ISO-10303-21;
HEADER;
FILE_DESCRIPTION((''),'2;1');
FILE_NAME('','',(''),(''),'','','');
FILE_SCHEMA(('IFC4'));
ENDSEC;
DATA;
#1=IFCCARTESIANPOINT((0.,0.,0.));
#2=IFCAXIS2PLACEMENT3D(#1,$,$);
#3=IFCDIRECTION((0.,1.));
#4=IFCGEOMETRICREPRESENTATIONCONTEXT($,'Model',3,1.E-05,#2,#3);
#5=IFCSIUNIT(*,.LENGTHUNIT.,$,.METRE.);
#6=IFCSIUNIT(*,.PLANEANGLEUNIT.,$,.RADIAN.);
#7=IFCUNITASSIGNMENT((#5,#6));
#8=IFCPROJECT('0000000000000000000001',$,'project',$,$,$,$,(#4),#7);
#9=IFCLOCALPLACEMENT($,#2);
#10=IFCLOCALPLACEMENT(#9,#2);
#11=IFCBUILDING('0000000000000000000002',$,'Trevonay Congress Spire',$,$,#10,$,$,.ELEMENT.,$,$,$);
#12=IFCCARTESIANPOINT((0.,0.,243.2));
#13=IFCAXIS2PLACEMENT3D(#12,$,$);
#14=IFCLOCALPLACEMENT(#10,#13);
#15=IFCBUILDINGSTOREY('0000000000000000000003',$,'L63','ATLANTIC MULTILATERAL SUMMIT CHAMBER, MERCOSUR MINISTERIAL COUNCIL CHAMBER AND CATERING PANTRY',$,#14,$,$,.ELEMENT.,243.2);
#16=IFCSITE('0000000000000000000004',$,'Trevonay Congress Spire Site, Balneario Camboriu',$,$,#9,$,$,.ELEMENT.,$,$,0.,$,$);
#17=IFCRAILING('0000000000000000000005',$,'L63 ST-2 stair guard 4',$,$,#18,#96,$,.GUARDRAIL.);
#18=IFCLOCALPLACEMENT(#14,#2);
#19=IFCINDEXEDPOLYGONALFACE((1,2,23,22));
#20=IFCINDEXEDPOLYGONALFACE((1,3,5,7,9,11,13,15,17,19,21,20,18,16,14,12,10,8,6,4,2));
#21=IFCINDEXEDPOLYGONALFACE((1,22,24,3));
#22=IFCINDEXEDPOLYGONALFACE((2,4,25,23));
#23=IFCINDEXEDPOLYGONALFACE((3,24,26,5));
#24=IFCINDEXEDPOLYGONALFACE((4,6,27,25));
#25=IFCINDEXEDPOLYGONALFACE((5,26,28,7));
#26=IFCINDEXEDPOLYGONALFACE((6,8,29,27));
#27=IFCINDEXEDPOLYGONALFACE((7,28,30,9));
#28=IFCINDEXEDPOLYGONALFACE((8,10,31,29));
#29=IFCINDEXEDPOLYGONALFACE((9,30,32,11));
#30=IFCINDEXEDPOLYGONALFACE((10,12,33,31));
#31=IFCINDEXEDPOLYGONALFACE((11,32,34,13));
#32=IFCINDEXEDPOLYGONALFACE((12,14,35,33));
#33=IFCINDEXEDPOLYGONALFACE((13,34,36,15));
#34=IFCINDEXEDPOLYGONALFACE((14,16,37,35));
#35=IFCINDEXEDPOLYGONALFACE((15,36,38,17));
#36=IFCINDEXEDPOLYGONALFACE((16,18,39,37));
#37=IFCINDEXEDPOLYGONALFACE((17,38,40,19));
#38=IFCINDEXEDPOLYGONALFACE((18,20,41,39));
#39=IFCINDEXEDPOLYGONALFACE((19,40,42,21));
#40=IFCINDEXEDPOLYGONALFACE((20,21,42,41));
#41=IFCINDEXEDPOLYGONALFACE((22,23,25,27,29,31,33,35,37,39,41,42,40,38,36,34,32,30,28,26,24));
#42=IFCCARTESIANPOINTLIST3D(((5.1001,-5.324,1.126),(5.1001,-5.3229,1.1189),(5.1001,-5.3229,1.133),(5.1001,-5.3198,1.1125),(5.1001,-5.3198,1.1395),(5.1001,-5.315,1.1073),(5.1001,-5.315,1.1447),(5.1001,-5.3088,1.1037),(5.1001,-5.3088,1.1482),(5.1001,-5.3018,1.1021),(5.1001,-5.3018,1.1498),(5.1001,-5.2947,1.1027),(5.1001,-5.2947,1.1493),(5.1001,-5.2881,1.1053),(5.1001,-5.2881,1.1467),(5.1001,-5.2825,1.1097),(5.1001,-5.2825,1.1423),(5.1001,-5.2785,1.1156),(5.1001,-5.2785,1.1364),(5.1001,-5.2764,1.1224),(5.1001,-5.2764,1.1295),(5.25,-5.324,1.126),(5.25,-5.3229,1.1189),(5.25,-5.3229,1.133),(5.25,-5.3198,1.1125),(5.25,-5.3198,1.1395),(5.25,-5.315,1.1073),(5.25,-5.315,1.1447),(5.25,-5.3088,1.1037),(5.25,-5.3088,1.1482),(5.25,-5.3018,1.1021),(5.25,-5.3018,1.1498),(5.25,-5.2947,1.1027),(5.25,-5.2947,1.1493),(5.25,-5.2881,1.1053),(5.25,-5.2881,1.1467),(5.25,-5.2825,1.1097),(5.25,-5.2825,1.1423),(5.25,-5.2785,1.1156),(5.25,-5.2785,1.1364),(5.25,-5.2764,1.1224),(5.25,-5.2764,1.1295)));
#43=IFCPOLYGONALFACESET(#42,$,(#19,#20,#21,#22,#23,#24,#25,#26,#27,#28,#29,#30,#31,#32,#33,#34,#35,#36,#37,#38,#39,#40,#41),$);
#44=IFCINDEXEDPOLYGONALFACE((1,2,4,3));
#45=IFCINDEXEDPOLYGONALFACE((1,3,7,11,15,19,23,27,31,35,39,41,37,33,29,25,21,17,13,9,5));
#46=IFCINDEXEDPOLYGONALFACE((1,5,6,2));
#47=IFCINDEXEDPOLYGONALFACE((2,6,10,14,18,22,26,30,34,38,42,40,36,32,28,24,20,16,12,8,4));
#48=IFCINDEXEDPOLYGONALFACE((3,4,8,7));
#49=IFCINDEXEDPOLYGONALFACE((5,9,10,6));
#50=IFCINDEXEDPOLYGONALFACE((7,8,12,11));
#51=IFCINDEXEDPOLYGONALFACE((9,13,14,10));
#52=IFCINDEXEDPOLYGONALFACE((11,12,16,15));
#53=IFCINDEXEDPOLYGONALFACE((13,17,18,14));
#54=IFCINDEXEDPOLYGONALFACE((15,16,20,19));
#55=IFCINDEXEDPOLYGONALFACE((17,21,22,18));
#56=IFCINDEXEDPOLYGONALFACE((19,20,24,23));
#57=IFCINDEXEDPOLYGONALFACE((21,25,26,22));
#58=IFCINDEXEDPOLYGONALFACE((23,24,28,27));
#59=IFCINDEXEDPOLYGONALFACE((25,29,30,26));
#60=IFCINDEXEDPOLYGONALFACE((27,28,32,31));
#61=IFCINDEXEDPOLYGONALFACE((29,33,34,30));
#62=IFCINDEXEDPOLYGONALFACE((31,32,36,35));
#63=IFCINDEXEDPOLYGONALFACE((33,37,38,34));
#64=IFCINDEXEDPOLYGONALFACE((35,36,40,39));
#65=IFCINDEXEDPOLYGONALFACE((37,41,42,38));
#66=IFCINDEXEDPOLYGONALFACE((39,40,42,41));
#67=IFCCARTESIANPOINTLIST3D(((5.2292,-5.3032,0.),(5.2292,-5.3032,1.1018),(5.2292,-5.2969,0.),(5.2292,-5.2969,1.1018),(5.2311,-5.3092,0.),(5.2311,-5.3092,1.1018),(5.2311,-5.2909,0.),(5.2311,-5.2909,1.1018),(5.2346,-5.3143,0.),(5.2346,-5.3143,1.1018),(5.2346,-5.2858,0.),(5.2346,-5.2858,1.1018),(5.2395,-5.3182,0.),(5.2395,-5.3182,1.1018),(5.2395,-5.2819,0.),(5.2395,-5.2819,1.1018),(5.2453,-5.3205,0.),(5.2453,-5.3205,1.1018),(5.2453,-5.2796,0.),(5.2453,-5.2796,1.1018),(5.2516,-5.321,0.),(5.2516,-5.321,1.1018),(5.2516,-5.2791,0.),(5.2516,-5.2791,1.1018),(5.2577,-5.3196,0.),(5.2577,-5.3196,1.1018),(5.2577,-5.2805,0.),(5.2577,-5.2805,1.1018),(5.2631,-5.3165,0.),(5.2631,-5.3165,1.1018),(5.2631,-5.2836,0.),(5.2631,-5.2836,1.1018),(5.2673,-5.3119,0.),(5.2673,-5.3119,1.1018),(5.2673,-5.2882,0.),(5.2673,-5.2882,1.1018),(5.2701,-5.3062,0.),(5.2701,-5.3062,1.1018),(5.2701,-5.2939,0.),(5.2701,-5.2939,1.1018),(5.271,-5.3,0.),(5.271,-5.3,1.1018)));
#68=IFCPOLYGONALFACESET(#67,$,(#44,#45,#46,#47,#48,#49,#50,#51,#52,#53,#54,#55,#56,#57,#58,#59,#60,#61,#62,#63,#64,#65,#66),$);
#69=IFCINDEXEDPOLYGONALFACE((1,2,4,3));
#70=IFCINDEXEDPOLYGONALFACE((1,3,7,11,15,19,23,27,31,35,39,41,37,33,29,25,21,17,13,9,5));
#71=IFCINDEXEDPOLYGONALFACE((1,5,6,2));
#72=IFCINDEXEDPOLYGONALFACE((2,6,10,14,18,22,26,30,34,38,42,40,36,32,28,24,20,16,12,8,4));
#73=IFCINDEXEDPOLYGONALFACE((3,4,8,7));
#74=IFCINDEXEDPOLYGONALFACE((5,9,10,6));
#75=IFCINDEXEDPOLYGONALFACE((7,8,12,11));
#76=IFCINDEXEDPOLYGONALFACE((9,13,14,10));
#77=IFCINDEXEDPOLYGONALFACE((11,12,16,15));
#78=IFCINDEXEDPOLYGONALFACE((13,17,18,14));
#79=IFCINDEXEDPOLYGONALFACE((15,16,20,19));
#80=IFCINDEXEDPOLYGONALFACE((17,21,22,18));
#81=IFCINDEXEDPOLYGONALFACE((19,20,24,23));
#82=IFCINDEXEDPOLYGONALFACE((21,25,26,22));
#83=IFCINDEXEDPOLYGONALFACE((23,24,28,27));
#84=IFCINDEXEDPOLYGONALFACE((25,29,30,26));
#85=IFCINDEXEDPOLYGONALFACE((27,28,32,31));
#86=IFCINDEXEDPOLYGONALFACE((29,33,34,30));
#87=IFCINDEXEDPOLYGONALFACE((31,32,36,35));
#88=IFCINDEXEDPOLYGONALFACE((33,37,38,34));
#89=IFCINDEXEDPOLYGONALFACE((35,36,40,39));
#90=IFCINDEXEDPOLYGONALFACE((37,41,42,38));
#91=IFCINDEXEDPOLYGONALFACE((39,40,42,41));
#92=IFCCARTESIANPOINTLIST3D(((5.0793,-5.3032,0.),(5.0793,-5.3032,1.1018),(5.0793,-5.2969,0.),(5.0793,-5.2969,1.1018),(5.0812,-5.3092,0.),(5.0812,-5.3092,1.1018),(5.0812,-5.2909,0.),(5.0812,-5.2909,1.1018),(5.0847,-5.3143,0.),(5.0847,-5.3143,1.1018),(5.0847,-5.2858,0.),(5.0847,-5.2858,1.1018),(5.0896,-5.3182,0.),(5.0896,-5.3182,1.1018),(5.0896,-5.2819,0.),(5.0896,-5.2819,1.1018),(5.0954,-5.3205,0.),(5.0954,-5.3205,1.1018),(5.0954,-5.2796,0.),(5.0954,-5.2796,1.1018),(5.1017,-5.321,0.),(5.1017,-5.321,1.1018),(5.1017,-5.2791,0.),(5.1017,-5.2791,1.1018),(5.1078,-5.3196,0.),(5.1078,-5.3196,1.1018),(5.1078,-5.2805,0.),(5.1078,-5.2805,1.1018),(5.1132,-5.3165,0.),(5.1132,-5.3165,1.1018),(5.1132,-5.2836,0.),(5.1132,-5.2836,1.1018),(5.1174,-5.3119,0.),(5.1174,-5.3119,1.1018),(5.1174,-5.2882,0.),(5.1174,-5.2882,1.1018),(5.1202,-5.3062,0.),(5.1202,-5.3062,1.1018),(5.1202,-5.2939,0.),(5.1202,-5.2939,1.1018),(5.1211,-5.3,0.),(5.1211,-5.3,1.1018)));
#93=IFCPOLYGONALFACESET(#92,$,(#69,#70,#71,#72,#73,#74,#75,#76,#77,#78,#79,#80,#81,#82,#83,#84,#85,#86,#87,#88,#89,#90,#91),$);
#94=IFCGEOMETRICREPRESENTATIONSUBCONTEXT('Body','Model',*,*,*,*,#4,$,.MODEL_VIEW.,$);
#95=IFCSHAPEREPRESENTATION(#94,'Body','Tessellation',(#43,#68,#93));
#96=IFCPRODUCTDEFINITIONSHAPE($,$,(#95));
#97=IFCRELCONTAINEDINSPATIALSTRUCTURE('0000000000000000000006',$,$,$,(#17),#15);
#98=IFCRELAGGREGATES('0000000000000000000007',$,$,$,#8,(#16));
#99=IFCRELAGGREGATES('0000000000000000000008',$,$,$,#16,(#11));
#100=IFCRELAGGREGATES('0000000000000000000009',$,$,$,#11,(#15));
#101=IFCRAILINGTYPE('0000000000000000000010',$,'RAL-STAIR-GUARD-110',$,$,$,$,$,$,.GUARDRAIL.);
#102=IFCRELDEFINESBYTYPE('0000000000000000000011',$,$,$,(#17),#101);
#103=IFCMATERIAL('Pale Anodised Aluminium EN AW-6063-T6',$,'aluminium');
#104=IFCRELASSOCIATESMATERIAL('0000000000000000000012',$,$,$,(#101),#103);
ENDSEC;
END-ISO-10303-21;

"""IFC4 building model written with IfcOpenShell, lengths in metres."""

from ifc_helpers import new_model, si_unit, direction, frame, origin, origin_2d, place, context, subcontext, project, spatial, circle, extrude, material, type_object, element, save


model = new_model("IFC4")

# Units and contexts
model_context = context("Model", 3, precision=1e-05, world=origin(), true_north=direction((0.0, 1.0)))
body_context = subcontext(model_context, "Body", "Model", "MODEL_VIEW")
ifc_project = project(units=[si_unit("LENGTHUNIT", "METRE"), si_unit("PLANEANGLEUNIT", "RADIAN")], contexts=[model_context])

# Site, building, storey
site_placement = place(None, origin())
site = spatial("IfcSite", under=ifc_project, at=site_placement, Name="Trevonay Congress Spire Site, Balneario Camboriu", CompositionType="ELEMENT", RefElevation=0.0)
building_placement = place(site_placement, origin())
building = spatial("IfcBuilding", under=site, at=building_placement, Name="Trevonay Congress Spire", CompositionType="ELEMENT")
storey_placement = place(building_placement, frame((0.0, 0.0, 243.2)))
storey = spatial("IfcBuildingStorey", under=building, at=storey_placement, Name="L63", Description="ATLANTIC MULTILATERAL SUMMIT CHAMBER, MERCOSUR MINISTERIAL COUNCIL CHAMBER AND CATERING PANTRY", CompositionType="ELEMENT", Elevation=243.2)

# Shared definitions
ifc_material_1 = material(Name="Pale Anodised Aluminium EN AW-6063-T6", Category="aluminium")

# Railing
railing_type_1 = type_object("IfcRailingType", Name="RAL-STAIR-GUARD-110", PredefinedType="GUARDRAIL", material=ifc_material_1)
railing_1_placement = place(storey_placement, frame((5.25, -5.3, 0.0)))
element("IfcRailing", 1, at=railing_1_placement, inside=storey, type_object=railing_type_1, Name="L63 ST-2 stair guard 4", PredefinedType="GUARDRAIL", context=body_context, shape_type="SweptSolid", body=[
    extrude(circle(Radius=0.0239, at=origin_2d()), frame((0.0, 0.0, 1.126), z_axis=(-1.0, 0.0, 0.0), x_axis=(0.0, -1.0, 0.0)), (0.0, 0.0, 1.0), 0.1499),
    extrude(circle(Radius=0.021, at=origin_2d()), origin(), (0.0, 0.0, 1.0), 1.1018),
    extrude(circle(Radius=0.021, at=origin_2d()), frame((-0.1499, 0.0, 0.0)), (0.0, 0.0, 1.0), 1.1018),
])

save(model, "model.ifc")
